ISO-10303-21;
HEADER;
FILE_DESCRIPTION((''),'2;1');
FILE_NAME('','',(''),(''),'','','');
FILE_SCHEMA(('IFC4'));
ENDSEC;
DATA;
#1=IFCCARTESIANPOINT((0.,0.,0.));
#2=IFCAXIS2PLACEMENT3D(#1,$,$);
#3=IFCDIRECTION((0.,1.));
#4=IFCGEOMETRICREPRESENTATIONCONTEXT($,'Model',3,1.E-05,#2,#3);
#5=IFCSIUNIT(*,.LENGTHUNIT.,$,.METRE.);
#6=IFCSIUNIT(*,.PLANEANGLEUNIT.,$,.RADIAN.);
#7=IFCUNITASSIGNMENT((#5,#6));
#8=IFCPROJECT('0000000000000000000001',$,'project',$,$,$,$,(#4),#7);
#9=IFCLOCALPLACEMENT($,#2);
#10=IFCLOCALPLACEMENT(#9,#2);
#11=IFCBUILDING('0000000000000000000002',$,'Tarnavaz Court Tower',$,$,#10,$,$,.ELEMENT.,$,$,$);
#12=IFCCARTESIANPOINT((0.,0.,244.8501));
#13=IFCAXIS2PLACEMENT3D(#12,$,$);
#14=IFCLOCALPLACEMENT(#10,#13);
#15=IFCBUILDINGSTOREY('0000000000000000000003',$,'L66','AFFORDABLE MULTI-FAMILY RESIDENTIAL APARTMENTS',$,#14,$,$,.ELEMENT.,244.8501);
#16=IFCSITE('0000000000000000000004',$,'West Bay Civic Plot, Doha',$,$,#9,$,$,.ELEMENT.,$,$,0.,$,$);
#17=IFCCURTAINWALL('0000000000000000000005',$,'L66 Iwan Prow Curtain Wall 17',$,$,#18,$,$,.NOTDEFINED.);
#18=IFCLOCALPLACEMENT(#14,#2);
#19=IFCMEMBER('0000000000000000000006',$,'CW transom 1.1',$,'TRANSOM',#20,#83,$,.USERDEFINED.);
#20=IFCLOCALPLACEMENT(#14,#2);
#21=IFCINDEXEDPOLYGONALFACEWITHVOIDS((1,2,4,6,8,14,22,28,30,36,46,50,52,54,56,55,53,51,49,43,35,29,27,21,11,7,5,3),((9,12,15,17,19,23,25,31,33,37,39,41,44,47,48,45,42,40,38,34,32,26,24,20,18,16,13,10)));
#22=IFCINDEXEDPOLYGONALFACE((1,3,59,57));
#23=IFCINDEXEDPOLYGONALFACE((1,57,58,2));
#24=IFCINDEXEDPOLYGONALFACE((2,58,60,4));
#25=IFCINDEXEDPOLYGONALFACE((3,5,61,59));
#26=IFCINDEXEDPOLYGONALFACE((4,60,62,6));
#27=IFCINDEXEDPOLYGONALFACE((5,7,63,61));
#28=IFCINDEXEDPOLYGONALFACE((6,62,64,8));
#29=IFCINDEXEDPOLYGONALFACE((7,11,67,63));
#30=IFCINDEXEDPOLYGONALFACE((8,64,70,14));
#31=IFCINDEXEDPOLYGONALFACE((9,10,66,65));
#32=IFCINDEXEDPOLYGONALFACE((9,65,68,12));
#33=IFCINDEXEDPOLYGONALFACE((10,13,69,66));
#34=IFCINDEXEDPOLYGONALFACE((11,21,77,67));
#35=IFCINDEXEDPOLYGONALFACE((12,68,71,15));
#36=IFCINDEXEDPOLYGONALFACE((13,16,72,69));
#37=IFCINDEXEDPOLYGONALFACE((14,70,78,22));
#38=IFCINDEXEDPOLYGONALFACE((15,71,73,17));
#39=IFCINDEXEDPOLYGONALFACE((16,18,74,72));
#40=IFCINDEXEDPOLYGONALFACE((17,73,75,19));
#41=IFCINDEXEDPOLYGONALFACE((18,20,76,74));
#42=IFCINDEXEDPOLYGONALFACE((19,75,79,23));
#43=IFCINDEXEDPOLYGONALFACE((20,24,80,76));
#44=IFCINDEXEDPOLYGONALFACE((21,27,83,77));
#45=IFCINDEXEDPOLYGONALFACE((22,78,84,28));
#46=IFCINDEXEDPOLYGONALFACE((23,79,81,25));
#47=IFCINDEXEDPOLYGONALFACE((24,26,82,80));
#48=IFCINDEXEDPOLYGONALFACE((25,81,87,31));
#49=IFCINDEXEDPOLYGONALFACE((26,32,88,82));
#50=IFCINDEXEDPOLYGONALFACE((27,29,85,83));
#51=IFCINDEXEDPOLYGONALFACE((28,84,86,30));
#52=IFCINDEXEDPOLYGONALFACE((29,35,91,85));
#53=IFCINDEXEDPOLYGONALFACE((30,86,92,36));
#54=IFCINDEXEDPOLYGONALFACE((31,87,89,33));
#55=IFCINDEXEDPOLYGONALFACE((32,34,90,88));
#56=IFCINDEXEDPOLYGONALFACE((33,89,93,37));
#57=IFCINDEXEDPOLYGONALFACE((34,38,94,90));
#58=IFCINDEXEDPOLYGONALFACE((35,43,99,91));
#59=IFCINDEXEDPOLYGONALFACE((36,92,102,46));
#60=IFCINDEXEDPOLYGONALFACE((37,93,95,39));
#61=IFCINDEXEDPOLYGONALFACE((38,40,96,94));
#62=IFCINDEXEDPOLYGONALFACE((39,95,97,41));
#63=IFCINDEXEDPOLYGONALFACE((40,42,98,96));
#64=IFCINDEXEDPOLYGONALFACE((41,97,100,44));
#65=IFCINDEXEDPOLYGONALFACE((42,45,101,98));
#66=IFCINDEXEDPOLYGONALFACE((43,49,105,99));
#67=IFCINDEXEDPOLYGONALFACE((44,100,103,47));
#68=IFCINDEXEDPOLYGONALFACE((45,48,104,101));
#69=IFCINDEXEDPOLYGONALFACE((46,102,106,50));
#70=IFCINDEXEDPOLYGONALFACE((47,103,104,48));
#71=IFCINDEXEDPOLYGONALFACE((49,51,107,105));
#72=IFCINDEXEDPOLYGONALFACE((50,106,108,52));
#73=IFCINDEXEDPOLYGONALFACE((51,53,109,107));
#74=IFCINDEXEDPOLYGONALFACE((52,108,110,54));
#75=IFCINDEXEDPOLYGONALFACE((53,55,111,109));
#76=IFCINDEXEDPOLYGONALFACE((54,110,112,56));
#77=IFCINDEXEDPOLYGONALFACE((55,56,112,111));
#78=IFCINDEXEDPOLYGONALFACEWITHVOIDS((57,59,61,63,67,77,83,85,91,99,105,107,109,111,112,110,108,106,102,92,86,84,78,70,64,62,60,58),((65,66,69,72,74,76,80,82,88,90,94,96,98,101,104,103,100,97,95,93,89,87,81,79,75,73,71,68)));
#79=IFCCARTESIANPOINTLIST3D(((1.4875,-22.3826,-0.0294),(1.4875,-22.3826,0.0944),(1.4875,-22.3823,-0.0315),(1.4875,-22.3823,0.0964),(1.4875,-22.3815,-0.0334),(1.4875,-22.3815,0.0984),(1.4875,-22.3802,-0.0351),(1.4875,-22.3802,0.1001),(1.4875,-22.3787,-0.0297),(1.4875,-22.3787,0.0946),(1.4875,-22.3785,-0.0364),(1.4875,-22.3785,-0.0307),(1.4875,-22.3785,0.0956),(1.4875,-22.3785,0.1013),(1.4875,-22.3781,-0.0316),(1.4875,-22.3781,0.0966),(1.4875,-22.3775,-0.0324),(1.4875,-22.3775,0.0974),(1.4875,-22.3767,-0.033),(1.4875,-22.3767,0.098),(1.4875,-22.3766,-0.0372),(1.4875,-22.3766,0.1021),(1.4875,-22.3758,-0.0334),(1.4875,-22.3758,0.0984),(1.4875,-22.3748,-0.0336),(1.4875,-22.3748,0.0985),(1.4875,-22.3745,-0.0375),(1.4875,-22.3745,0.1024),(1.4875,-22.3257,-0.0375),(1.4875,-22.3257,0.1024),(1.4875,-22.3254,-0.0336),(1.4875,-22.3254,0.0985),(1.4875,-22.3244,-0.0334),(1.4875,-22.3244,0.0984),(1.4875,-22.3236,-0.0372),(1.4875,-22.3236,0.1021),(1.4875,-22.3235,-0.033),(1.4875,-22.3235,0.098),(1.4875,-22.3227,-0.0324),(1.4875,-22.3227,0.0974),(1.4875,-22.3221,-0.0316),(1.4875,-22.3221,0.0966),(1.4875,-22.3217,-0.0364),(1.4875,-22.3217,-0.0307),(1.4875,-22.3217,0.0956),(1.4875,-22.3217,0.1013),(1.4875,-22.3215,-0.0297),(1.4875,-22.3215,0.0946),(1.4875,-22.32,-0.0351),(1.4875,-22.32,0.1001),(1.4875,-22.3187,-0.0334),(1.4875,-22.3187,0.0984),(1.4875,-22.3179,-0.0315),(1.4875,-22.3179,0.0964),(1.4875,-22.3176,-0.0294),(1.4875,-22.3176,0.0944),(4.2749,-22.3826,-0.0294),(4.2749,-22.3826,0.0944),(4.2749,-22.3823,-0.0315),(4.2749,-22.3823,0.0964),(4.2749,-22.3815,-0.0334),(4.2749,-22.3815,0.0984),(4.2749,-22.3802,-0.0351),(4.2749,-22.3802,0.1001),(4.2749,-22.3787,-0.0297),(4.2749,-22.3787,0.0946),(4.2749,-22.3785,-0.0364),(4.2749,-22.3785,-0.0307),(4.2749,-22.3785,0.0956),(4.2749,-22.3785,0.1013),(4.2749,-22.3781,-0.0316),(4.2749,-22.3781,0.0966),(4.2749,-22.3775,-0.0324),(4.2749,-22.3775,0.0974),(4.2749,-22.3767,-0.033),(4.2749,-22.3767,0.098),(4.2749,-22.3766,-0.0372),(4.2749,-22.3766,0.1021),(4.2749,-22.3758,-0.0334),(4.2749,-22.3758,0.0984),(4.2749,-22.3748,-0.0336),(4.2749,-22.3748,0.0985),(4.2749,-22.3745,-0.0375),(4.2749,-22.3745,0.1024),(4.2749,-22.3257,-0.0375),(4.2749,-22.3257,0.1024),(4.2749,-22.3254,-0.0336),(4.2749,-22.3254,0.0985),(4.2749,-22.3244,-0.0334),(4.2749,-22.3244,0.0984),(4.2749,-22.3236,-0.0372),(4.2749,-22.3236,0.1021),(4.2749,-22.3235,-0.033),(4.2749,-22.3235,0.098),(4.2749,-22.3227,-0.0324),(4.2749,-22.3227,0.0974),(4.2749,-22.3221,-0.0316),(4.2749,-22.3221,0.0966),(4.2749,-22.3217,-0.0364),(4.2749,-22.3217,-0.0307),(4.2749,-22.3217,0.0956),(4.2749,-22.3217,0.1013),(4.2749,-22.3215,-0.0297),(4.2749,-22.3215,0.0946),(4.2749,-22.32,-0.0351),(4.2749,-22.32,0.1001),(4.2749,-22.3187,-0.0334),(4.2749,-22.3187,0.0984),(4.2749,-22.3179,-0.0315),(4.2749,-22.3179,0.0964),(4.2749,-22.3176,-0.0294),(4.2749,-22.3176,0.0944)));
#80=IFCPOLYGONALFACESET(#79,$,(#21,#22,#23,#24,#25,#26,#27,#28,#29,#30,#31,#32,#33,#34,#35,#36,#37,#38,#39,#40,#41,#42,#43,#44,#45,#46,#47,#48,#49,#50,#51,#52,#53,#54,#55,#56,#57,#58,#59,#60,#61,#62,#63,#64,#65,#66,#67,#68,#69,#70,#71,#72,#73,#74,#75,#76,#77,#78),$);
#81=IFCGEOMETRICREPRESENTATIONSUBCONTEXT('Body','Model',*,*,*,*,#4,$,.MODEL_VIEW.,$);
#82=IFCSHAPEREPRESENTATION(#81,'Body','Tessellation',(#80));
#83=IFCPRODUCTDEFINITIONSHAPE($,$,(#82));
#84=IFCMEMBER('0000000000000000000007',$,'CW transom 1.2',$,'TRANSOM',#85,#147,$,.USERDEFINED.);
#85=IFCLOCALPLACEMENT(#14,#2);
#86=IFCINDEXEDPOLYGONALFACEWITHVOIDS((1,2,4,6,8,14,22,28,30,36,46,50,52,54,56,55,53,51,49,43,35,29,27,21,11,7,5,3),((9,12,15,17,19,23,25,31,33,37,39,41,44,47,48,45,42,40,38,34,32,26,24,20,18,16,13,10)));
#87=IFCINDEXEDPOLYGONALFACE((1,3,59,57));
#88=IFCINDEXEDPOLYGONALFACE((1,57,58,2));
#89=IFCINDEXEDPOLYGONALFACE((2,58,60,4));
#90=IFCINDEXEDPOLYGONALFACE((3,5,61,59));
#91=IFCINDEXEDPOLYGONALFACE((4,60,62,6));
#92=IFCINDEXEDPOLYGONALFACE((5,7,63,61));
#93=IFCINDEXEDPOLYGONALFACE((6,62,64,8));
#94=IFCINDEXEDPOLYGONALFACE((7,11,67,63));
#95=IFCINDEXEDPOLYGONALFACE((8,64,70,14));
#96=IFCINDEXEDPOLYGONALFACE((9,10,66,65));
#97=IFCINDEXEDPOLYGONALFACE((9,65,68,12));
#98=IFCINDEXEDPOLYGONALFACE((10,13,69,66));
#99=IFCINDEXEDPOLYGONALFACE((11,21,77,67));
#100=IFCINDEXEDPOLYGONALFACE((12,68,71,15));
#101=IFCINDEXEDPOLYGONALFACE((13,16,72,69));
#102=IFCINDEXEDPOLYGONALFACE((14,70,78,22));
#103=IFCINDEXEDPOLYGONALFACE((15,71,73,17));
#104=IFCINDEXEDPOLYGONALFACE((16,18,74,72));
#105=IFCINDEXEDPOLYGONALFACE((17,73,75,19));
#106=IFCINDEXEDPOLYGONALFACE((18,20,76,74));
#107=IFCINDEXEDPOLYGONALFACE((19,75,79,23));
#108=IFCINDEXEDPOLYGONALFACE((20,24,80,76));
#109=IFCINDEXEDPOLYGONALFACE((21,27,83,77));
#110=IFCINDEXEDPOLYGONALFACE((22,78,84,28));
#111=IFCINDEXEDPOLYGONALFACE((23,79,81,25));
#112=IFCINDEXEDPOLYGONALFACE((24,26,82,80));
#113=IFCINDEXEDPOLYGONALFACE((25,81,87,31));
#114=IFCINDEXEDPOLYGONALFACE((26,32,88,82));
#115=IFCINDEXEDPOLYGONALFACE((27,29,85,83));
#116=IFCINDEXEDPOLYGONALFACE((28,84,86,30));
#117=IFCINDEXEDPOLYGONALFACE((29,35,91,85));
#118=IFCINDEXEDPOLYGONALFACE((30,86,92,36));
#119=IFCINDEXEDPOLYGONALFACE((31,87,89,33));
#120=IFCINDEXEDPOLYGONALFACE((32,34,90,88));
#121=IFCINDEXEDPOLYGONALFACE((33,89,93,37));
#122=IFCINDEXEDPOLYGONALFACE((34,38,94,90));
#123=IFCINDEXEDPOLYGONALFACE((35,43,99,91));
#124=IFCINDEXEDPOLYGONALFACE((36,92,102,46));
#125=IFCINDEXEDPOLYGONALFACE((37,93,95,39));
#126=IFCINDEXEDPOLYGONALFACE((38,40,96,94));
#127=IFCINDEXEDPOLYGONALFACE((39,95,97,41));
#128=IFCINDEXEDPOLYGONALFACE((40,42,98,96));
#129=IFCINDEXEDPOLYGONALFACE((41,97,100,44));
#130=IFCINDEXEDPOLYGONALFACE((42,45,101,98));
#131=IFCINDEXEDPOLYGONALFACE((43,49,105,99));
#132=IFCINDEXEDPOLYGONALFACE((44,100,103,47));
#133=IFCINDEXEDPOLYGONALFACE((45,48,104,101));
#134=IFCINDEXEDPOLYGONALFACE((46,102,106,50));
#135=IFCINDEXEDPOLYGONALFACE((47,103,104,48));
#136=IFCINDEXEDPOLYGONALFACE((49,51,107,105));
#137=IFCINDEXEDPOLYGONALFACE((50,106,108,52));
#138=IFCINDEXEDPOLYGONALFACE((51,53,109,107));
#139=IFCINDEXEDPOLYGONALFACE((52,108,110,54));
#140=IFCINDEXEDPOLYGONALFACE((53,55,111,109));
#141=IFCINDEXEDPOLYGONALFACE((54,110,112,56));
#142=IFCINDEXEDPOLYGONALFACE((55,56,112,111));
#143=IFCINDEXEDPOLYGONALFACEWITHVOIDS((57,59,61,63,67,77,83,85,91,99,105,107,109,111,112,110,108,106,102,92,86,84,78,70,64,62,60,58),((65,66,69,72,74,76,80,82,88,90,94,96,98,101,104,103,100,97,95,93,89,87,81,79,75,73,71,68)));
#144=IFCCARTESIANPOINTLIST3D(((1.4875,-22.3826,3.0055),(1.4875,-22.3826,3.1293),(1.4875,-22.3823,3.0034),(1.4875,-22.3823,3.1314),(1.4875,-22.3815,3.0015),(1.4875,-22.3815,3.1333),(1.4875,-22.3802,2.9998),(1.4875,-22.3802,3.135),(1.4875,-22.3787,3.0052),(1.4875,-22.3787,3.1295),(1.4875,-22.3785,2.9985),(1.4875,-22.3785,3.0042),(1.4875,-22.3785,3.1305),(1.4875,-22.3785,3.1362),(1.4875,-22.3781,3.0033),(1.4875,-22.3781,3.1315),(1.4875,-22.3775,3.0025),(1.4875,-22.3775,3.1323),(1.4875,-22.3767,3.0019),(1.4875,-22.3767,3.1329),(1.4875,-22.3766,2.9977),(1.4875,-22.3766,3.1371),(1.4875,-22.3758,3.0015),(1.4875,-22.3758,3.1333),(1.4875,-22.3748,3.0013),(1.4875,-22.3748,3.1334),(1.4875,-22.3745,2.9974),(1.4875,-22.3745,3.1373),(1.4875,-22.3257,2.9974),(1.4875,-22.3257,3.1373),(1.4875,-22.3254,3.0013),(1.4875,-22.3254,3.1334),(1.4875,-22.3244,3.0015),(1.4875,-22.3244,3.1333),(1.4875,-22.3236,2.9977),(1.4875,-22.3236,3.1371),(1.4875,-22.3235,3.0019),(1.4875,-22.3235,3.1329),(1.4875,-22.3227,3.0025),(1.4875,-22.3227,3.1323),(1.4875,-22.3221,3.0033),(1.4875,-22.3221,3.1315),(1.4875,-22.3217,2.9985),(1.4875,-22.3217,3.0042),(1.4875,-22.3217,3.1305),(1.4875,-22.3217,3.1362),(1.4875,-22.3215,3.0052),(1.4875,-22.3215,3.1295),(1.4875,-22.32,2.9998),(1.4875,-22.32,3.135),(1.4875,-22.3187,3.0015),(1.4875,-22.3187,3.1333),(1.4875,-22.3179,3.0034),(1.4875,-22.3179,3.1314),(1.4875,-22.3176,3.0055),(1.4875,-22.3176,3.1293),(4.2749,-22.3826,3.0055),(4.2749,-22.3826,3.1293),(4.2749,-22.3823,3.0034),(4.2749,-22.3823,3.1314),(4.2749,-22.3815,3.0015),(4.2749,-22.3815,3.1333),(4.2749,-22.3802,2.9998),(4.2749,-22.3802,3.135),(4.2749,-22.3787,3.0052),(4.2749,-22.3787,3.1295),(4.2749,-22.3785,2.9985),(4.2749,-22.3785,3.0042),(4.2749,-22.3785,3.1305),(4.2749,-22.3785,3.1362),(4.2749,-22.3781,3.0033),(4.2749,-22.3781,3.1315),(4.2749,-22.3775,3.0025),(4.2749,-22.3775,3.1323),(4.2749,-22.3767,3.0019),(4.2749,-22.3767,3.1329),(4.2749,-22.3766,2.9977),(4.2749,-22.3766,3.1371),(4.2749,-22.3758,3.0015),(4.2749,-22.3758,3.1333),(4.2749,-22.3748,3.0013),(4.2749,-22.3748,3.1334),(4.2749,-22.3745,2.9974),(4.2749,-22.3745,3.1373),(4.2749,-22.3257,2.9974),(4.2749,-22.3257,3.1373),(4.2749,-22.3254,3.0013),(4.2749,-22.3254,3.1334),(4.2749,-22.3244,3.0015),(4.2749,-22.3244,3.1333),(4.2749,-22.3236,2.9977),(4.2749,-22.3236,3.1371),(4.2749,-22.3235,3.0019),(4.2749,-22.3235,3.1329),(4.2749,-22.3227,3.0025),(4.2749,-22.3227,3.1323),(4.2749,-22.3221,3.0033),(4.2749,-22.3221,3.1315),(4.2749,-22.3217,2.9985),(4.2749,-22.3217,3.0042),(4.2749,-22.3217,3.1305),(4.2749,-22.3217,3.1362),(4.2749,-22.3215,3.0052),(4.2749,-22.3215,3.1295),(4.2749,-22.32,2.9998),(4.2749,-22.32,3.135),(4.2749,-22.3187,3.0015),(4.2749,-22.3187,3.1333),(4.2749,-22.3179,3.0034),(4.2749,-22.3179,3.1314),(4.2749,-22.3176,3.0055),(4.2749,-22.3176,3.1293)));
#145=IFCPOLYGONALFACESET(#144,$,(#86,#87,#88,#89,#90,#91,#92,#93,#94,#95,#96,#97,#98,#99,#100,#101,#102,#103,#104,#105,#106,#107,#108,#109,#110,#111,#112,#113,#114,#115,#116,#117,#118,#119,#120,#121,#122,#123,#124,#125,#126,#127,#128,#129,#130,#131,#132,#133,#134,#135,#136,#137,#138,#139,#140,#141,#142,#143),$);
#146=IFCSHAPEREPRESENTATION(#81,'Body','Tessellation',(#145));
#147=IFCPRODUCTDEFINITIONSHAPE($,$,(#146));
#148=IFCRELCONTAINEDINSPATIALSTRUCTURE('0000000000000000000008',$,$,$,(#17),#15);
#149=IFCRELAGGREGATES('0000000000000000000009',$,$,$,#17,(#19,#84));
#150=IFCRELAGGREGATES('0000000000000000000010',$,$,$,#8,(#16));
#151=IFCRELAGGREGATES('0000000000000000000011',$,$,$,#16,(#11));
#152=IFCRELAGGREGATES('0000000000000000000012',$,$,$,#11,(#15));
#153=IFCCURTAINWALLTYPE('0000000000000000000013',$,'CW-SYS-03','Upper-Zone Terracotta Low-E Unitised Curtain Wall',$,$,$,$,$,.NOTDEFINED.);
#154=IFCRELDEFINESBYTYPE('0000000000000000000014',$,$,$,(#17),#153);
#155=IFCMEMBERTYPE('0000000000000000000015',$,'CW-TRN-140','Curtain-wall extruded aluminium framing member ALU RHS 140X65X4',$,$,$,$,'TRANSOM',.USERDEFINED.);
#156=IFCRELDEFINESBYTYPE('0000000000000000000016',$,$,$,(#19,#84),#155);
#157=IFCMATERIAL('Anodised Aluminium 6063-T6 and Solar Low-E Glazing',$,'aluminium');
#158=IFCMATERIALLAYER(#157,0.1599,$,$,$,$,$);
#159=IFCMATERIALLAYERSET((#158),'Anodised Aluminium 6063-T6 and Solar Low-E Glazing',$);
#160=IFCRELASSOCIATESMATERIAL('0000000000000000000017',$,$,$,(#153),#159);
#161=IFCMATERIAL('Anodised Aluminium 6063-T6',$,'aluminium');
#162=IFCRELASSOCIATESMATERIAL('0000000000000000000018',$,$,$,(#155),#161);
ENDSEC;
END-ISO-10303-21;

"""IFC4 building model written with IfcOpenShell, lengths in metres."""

from ifc_helpers import new_model, si_unit, direction, frame, origin, origin_2d, place, context, subcontext, project, spatial, hollow_rectangle, extrude, material, layer, layer_set, material_profile, profile_set, type_object, element, aggregate, save


model = new_model("IFC4")

# Units and contexts
model_context = context("Model", 3, precision=1e-05, world=origin(), true_north=direction((0.0, 1.0)))
body_context = subcontext(model_context, "Body", "Model", "MODEL_VIEW")
ifc_project = project(units=[si_unit("LENGTHUNIT", "METRE"), si_unit("PLANEANGLEUNIT", "RADIAN")], contexts=[model_context])

# Site, building, storey
site_placement = place(None, origin())
site = spatial("IfcSite", under=ifc_project, at=site_placement, Name="West Bay Civic Plot, Doha", CompositionType="ELEMENT", RefElevation=0.0)
building_placement = place(site_placement, origin())
building = spatial("IfcBuilding", under=site, at=building_placement, Name="Tarnavaz Court Tower", CompositionType="ELEMENT")
storey_placement = place(building_placement, frame((0.0, 0.0, 244.8501)))
storey = spatial("IfcBuildingStorey", under=building, at=storey_placement, Name="L66", Description="AFFORDABLE MULTI-FAMILY RESIDENTIAL APARTMENTS", CompositionType="ELEMENT", Elevation=244.8501)

# Curtain wall, members
ifc_material_1 = material(Name="Anodised Aluminium 6063-T6 and Solar Low-E Glazing", Category="aluminium")
ifc_layer_1 = layer(ifc_material_1, 0.1599)
ifc_layer_set_1 = layer_set([ifc_layer_1], Name="Anodised Aluminium 6063-T6 and Solar Low-E Glazing")
curtain_wall_type = type_object("IfcCurtainWallType", Name="CW-SYS-03", Description="Upper-Zone Terracotta Low-E Unitised Curtain Wall", PredefinedType="NOTDEFINED", material=ifc_layer_set_1)
curtain_wall_placement = place(storey_placement, origin())
curtain_wall = element("IfcCurtainWall", 1, at=curtain_wall_placement, inside=storey, type_object=curtain_wall_type, Name="L66 Iwan Prow Curtain Wall 17", PredefinedType="NOTDEFINED")
ifc_material_2 = material(Name="Anodised Aluminium 6063-T6", Category="aluminium")
ifc_material_profile_1 = material_profile(ifc_material_2, hollow_rectangle(XDim=0.0649, YDim=0.1399, WallThickness=0.0039, InnerFilletRadius=0.0039, OuterFilletRadius=0.0081, at=origin_2d()), Name="ALU RHS 140X65X4")
ifc_profile_set_1 = profile_set([ifc_material_profile_1], Name="Anodised Aluminium 6063-T6")
member_type_1 = type_object("IfcMemberType", Name="CW-TRN-140", Description="Curtain-wall extruded aluminium framing member ALU RHS 140X65X4", ElementType="TRANSOM", PredefinedType="USERDEFINED", material=ifc_profile_set_1)
member_1_placement = place(storey_placement, frame((4.2749, -22.3501, 0.0325), z_axis=(-1.0, 0.0, 0.0), x_axis=(0.0, -1.0, 0.0)))
member_1 = element("IfcMember", 2, at=member_1_placement, type_object=member_type_1, Name="CW transom 1.1", ObjectType="TRANSOM", PredefinedType="USERDEFINED", context=body_context, shape_type="SweptSolid", body=[
    extrude(hollow_rectangle(XDim=0.0649, YDim=0.1399, WallThickness=0.0039, InnerFilletRadius=0.0039, OuterFilletRadius=0.0081, at=origin_2d()), origin(), (0.0, 0.0, 1.0), 2.7874),
])
member_2_placement = place(storey_placement, frame((4.2749, -22.3501, 3.0674), z_axis=(-1.0, 0.0, 0.0), x_axis=(0.0, -1.0, 0.0)))
member_2 = element("IfcMember", 3, at=member_2_placement, type_object=member_type_1, Name="CW transom 1.2", ObjectType="TRANSOM", PredefinedType="USERDEFINED", context=body_context, shape_type="SweptSolid", body=[
    extrude(hollow_rectangle(XDim=0.0649, YDim=0.1399, WallThickness=0.0039, InnerFilletRadius=0.0039, OuterFilletRadius=0.0081, at=origin_2d()), origin(), (0.0, 0.0, 1.0), 2.7874),
])
aggregate(curtain_wall, [member_1, member_2])

save(model, "model.ifc")
